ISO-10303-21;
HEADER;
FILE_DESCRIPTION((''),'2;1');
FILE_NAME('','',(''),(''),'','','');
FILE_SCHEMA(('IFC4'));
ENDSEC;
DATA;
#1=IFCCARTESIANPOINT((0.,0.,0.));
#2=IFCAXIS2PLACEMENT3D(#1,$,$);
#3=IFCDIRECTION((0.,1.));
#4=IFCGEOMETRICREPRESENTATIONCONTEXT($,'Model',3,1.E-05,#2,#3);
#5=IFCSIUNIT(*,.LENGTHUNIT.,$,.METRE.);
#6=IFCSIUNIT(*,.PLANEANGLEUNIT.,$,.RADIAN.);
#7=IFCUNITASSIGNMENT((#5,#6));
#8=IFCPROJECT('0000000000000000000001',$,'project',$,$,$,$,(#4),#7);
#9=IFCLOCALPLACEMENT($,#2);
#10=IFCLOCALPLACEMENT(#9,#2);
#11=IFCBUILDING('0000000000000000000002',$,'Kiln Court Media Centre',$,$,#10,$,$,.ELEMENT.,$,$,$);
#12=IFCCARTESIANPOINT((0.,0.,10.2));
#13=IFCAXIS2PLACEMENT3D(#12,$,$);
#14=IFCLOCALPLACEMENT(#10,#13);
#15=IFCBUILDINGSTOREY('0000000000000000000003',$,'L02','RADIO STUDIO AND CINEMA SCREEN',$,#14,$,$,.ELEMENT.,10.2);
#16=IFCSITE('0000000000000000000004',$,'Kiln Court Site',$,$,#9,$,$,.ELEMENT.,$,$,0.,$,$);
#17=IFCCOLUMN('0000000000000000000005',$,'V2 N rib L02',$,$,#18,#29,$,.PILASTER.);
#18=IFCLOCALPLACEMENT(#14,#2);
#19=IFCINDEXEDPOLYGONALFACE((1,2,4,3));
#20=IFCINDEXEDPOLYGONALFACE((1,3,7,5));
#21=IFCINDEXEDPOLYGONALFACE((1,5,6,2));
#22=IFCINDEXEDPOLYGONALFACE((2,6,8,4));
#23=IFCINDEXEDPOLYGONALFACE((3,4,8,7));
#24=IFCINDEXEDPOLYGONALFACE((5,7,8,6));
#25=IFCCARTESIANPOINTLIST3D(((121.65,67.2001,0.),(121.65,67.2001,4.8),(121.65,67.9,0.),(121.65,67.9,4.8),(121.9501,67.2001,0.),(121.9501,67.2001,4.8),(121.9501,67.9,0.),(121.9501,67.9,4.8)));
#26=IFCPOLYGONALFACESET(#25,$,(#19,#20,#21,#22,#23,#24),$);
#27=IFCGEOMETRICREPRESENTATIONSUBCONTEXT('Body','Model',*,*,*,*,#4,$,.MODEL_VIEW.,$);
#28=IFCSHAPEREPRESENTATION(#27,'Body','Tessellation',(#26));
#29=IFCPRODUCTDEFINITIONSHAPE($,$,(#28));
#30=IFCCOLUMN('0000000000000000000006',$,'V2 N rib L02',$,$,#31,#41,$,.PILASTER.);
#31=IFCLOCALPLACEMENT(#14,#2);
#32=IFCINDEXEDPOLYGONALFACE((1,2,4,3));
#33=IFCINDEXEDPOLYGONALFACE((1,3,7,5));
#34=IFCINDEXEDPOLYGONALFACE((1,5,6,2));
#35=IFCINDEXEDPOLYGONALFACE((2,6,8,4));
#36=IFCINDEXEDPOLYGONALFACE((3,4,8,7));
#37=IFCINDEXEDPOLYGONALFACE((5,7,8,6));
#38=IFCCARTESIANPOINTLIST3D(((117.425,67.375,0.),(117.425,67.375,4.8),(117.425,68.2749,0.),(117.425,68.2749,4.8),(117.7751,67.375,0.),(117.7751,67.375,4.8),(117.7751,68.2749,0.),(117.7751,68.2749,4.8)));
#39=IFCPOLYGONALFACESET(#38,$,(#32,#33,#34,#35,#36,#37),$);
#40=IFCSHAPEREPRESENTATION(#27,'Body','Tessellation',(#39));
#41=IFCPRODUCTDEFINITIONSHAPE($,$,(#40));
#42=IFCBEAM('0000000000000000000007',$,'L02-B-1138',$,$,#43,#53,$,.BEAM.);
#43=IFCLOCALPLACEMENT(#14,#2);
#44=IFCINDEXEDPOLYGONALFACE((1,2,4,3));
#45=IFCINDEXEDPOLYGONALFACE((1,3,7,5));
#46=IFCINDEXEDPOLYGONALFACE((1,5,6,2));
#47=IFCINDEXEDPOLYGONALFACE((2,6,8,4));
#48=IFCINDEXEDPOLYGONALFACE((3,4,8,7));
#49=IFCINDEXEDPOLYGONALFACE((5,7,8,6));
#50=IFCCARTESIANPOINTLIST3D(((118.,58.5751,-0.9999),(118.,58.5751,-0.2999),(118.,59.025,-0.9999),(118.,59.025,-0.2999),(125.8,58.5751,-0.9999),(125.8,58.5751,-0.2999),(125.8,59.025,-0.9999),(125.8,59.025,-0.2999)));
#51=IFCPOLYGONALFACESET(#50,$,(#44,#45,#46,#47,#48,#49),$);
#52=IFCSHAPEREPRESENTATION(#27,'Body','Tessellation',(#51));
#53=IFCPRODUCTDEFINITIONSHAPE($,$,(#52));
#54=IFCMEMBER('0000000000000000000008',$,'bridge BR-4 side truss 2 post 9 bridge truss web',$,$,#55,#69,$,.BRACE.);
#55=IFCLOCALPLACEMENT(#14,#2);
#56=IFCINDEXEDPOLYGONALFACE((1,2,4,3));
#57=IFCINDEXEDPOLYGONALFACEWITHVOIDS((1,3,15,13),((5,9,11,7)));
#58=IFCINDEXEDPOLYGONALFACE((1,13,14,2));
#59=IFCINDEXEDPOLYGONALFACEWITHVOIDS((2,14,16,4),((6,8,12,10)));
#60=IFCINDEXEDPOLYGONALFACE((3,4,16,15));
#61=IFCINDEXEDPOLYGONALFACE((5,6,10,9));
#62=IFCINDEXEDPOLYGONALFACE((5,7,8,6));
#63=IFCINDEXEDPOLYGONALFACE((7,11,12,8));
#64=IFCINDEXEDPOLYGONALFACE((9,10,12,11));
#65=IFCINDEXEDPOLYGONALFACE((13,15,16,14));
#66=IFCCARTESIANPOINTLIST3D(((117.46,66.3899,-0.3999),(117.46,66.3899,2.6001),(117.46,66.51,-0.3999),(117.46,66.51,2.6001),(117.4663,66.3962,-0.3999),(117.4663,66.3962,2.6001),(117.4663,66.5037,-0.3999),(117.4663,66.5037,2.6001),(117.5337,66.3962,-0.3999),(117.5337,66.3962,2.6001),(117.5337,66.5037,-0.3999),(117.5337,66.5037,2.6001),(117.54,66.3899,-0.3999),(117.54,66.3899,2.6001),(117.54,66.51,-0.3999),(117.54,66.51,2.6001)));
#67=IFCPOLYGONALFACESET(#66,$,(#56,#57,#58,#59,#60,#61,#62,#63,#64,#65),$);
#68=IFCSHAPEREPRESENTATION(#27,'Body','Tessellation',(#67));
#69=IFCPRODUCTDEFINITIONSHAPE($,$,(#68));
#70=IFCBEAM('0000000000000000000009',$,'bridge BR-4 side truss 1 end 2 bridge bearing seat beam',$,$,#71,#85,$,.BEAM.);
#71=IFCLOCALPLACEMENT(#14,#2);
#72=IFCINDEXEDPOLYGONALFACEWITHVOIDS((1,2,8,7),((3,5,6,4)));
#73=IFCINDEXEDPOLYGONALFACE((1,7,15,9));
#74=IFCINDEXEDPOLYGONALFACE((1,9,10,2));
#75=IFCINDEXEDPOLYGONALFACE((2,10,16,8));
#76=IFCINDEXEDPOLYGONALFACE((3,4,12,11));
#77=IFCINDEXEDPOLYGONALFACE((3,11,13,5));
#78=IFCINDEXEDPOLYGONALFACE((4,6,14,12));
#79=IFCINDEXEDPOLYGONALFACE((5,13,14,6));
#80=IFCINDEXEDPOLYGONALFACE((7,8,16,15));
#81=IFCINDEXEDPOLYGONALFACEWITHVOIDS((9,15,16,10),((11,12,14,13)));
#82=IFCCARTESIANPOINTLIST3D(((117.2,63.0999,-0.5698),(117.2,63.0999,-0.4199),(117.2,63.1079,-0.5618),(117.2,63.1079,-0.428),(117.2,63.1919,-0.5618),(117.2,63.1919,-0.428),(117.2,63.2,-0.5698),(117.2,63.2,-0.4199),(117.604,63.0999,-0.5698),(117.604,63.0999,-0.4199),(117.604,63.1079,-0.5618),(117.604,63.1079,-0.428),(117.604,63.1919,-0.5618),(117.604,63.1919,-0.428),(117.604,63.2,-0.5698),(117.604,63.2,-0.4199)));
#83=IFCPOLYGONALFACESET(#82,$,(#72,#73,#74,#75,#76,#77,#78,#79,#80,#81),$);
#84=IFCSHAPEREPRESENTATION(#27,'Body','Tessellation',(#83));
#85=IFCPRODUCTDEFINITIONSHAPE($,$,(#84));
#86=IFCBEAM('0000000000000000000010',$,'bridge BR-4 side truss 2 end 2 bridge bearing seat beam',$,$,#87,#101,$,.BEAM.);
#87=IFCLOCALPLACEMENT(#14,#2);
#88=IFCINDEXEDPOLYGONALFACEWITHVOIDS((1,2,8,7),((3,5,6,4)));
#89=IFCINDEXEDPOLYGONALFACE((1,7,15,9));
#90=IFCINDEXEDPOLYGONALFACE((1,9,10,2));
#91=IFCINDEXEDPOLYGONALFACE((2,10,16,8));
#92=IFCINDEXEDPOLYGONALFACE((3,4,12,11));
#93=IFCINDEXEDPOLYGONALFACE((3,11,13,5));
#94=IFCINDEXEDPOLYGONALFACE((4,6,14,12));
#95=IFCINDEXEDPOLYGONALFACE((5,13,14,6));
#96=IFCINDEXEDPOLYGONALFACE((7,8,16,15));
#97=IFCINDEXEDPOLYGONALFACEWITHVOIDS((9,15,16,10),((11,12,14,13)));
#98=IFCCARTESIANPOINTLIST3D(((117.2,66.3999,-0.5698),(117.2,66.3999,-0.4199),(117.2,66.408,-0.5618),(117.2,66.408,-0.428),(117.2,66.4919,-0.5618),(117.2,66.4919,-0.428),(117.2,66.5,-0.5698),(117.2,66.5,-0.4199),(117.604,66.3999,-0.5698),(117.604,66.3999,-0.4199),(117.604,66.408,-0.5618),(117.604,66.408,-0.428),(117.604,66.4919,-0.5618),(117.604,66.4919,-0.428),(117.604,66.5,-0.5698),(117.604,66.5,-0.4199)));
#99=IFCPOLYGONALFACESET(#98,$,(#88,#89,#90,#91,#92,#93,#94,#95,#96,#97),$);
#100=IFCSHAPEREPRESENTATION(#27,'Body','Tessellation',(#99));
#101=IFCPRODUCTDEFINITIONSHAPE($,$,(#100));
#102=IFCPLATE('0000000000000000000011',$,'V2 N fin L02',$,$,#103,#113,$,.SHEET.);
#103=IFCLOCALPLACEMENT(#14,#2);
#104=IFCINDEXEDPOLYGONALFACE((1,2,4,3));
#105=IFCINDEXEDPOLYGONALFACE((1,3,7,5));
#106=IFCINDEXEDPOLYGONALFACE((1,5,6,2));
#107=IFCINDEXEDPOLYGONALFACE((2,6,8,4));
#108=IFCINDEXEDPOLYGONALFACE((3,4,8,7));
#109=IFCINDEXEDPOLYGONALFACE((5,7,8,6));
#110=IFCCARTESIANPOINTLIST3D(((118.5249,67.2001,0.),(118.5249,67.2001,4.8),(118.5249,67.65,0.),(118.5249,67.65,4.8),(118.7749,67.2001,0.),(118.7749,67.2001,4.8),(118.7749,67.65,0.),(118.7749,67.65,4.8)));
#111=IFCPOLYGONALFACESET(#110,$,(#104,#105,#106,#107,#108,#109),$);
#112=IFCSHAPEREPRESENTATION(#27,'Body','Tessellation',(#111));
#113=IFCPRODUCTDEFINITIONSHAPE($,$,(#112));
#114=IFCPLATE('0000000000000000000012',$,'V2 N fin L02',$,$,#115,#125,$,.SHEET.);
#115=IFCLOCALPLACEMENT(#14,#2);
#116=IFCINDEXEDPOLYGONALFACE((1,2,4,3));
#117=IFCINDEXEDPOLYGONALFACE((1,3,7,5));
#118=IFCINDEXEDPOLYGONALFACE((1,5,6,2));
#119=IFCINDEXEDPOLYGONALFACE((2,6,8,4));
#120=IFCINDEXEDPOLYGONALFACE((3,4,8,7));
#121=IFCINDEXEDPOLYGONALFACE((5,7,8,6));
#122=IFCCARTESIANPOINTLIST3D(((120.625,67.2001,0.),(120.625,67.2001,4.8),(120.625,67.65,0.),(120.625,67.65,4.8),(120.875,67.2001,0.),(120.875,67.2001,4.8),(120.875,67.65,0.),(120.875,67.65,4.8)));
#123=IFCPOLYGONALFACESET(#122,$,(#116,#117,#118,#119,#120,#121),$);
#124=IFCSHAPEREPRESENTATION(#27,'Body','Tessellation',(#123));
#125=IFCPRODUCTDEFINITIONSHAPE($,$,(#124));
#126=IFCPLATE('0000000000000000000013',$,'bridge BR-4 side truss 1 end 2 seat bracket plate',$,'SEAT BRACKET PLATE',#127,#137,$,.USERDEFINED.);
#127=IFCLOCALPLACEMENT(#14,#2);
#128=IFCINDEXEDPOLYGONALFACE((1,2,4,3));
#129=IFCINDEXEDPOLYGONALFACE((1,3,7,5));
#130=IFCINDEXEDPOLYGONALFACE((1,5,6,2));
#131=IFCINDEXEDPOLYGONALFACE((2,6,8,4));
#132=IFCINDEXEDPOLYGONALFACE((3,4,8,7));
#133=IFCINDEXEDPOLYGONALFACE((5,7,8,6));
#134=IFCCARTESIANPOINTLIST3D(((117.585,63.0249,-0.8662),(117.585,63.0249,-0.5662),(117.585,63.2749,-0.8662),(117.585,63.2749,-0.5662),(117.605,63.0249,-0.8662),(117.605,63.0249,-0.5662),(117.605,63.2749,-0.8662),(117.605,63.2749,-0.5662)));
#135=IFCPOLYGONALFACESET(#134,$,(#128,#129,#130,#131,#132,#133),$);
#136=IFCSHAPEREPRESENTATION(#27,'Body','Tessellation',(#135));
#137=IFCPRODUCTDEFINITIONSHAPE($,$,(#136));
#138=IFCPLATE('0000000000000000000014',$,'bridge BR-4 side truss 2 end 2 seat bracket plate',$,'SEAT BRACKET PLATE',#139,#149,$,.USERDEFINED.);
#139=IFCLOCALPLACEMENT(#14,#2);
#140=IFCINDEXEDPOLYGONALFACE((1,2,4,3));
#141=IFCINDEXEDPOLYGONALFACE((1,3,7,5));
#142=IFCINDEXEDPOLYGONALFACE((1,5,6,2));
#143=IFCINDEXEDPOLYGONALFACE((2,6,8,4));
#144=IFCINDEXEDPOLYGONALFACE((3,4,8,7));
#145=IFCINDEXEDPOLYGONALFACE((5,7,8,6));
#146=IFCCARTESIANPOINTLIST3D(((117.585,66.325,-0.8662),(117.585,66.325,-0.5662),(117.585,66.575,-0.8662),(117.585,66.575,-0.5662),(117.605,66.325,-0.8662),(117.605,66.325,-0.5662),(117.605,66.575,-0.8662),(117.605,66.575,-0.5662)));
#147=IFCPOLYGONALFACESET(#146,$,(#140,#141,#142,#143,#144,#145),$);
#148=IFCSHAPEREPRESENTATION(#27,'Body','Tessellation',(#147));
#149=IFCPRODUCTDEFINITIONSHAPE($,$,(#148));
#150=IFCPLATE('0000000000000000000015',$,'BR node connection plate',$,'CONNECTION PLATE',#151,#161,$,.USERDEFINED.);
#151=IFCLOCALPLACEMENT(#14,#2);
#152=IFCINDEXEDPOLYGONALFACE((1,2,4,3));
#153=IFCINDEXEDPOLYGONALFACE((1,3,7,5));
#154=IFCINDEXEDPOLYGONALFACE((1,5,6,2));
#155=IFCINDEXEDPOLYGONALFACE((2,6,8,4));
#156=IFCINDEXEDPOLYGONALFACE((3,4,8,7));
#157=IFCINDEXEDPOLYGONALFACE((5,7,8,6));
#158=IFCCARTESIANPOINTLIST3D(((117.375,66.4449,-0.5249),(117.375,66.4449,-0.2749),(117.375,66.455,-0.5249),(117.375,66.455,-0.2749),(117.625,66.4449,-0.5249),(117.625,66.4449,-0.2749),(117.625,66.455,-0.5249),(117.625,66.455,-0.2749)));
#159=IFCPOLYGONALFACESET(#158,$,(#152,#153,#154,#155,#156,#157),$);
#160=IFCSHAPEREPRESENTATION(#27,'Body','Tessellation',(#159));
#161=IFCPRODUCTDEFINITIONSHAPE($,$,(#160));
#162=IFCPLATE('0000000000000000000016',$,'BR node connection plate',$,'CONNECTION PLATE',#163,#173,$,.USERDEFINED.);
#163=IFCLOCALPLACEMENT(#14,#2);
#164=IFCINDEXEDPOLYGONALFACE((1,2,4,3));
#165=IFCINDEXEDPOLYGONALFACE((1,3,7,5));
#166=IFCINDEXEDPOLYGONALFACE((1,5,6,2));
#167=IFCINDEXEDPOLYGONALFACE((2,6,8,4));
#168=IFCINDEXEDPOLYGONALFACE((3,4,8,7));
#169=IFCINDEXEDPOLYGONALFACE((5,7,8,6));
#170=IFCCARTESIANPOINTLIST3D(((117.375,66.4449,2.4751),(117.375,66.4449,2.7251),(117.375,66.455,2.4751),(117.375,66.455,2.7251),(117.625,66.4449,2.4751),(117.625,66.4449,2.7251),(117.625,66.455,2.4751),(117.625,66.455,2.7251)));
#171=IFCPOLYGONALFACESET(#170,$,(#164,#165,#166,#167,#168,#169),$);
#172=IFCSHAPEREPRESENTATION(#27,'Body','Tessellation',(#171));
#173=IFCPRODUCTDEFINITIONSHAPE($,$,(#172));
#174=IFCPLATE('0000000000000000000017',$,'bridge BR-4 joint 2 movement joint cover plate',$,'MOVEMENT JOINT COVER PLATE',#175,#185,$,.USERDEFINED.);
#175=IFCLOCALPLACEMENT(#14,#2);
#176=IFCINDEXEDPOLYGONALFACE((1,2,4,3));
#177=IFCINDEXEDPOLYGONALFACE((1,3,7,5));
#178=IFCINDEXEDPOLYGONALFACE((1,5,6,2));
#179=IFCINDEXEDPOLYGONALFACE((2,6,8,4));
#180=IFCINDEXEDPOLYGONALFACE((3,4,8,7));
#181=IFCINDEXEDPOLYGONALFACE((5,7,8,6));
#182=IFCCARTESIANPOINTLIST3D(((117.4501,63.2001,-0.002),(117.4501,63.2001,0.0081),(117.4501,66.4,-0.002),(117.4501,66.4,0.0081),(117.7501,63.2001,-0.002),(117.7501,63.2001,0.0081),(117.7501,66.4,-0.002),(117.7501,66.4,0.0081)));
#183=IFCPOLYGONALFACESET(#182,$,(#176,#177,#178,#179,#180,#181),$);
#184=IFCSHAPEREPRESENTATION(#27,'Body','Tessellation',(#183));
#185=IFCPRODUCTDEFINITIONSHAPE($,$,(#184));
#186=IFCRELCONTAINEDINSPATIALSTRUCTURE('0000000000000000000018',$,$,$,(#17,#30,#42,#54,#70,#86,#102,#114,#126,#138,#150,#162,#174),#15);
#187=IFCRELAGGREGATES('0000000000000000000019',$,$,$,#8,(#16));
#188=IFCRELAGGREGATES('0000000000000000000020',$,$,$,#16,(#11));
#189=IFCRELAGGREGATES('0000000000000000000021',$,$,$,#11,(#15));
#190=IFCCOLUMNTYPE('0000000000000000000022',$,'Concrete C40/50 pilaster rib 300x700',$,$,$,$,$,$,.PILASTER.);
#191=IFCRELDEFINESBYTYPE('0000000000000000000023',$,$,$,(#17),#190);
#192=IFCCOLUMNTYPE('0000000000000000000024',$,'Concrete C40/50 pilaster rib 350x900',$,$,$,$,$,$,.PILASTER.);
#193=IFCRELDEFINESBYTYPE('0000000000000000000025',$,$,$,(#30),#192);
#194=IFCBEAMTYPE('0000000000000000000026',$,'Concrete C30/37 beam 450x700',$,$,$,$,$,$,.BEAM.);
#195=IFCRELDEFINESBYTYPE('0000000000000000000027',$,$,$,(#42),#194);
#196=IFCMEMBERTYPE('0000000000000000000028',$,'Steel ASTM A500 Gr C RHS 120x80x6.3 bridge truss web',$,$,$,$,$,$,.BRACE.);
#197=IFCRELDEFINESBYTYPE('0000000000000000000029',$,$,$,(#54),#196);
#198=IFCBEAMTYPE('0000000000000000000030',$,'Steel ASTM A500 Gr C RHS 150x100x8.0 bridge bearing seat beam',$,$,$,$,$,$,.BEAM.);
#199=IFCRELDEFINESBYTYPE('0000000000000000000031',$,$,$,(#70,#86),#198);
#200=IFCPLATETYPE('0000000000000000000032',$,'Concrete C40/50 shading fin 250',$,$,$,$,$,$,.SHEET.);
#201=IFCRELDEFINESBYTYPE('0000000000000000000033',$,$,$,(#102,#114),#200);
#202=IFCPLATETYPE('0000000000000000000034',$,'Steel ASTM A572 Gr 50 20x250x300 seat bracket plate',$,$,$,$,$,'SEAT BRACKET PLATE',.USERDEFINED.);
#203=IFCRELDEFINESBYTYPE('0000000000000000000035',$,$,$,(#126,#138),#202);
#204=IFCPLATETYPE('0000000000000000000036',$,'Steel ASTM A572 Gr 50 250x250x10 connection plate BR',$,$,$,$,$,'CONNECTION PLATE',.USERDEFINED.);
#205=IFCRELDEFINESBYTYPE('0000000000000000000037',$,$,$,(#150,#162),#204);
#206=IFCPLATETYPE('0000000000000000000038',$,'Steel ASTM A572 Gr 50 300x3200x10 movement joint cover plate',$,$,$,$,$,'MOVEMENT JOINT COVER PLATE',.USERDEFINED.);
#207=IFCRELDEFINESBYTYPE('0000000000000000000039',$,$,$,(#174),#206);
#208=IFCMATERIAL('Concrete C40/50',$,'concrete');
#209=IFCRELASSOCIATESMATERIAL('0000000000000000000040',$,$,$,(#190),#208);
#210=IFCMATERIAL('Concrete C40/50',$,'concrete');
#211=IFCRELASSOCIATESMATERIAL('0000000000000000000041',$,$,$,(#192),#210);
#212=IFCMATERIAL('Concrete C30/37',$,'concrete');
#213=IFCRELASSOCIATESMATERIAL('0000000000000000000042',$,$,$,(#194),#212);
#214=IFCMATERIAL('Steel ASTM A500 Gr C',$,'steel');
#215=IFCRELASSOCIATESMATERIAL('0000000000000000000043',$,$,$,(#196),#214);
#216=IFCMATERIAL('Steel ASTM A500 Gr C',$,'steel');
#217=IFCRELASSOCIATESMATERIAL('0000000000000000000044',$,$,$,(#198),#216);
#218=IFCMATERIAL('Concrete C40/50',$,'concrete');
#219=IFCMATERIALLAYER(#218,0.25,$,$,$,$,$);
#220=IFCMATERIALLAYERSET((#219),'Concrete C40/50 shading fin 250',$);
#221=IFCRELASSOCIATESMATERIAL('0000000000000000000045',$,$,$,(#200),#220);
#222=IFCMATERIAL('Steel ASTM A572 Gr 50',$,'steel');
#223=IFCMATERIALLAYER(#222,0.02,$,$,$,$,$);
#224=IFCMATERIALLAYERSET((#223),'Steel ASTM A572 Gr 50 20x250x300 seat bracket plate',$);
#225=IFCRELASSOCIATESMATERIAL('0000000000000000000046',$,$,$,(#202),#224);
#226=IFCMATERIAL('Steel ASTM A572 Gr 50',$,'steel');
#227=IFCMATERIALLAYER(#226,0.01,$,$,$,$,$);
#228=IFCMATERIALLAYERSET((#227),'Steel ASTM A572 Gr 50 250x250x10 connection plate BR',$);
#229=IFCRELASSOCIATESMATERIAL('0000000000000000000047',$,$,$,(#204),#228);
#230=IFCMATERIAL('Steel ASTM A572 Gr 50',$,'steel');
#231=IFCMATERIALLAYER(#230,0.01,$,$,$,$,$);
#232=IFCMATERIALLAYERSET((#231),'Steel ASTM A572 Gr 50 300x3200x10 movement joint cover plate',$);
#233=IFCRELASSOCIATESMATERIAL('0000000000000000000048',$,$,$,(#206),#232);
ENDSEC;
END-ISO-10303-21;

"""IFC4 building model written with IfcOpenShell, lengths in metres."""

from ifc_helpers import new_model, si_unit, direction, frame, origin, origin_2d, place, context, subcontext, project, spatial, rectangle, hollow_rectangle, extrude, material, layer, layer_set, material_profile, profile_set, type_object, element, save


model = new_model("IFC4")

# Units and contexts
model_context = context("Model", 3, precision=1e-05, world=origin(), true_north=direction((0.0, 1.0)))
body_context = subcontext(model_context, "Body", "Model", "MODEL_VIEW")
ifc_project = project(units=[si_unit("LENGTHUNIT", "METRE"), si_unit("PLANEANGLEUNIT", "RADIAN")], contexts=[model_context])

# Site, building, storey
site_placement = place(None, origin())
site = spatial("IfcSite", under=ifc_project, at=site_placement, Name="Kiln Court Site", CompositionType="ELEMENT", RefElevation=0.0)
building_placement = place(site_placement, origin())
building = spatial("IfcBuilding", under=site, at=building_placement, Name="Kiln Court Media Centre", CompositionType="ELEMENT")
storey_placement = place(building_placement, frame((0.0, 0.0, 10.2)))
storey = spatial("IfcBuildingStorey", under=building, at=storey_placement, Name="L02", Description="RADIO STUDIO AND CINEMA SCREEN", CompositionType="ELEMENT", Elevation=10.2)

# Columns
ifc_material_1 = material(Name="Concrete C40/50", Category="concrete")
ifc_material_profile_1 = material_profile(ifc_material_1, rectangle(XDim=0.3, YDim=0.7, at=origin_2d()), Name="RC 300x700")
ifc_profile_set_1 = profile_set([ifc_material_profile_1], Name="Concrete C40/50")
column_type_1 = type_object("IfcColumnType", Name="Concrete C40/50 pilaster rib 300x700", PredefinedType="PILASTER", material=ifc_profile_set_1)
column_1_placement = place(storey_placement, frame((121.8, 67.55, 0.0), z_axis=(0.0, 0.0, 1.0), x_axis=(1.0, 0.0, 0.0)))
element("IfcColumn", 1, at=column_1_placement, inside=storey, type_object=column_type_1, Name="V2 N rib L02", PredefinedType="PILASTER", context=body_context, shape_type="SweptSolid", body=[
    extrude(rectangle(XDim=0.3, YDim=0.7, at=origin_2d()), origin(), (0.0, 0.0, 1.0), 4.8),
])
ifc_material_2 = material(Name="Concrete C40/50", Category="concrete")
ifc_material_profile_2 = material_profile(ifc_material_2, rectangle(XDim=0.3501, YDim=0.8999, at=origin_2d()), Name="RC 350x900")
ifc_profile_set_2 = profile_set([ifc_material_profile_2], Name="Concrete C40/50")
column_type_2 = type_object("IfcColumnType", Name="Concrete C40/50 pilaster rib 350x900", PredefinedType="PILASTER", material=ifc_profile_set_2)
column_2_placement = place(storey_placement, frame((117.6001, 67.825, 0.0), z_axis=(0.0, 0.0, 1.0), x_axis=(1.0, 0.0, 0.0)))
element("IfcColumn", 2, at=column_2_placement, inside=storey, type_object=column_type_2, Name="V2 N rib L02", PredefinedType="PILASTER", context=body_context, shape_type="SweptSolid", body=[
    extrude(rectangle(XDim=0.3501, YDim=0.8999, at=origin_2d()), origin(), (0.0, 0.0, 1.0), 4.8),
])

# Beam
ifc_material_3 = material(Name="Concrete C30/37", Category="concrete")
ifc_material_profile_3 = material_profile(ifc_material_3, rectangle(XDim=0.45, YDim=0.7, at=origin_2d()), Name="RC 450x700")
ifc_profile_set_3 = profile_set([ifc_material_profile_3], Name="Concrete C30/37")
beam_type_1 = type_object("IfcBeamType", Name="Concrete C30/37 beam 450x700", PredefinedType="BEAM", material=ifc_profile_set_3)
beam_placement = place(storey_placement, frame((118.0, 58.8, -0.6499), z_axis=(1.0, 0.0, 0.0), x_axis=(0.0, 1.0, 0.0)))
element("IfcBeam", 3, at=beam_placement, inside=storey, type_object=beam_type_1, Name="L02-B-1138", PredefinedType="BEAM", context=body_context, shape_type="SweptSolid", body=[
    extrude(rectangle(XDim=0.45, YDim=0.7, at=origin_2d()), origin(), (0.0, 0.0, 1.0), 7.8),
])

# Member
ifc_material_4 = material(Name="Steel ASTM A500 Gr C", Category="steel")
ifc_material_profile_4 = material_profile(ifc_material_4, hollow_rectangle(XDim=0.0801, YDim=0.1201, WallThickness=0.0063, at=origin_2d()), Name="RHS 120x80x6.3")
ifc_profile_set_4 = profile_set([ifc_material_profile_4], Name="Steel ASTM A500 Gr C")
member_type = type_object("IfcMemberType", Name="Steel ASTM A500 Gr C RHS 120x80x6.3 bridge truss web", PredefinedType="BRACE", material=ifc_profile_set_4)
member_placement = place(storey_placement, frame((117.5, 66.45, -0.3999), z_axis=(0.0, 0.0, 1.0), x_axis=(1.0, 0.0, 0.0)))
element("IfcMember", 4, at=member_placement, inside=storey, type_object=member_type, Name="bridge BR-4 side truss 2 post 9 bridge truss web", PredefinedType="BRACE", context=body_context, shape_type="SweptSolid", body=[
    extrude(hollow_rectangle(XDim=0.0801, YDim=0.1201, WallThickness=0.0063, at=origin_2d()), origin(), (0.0, 0.0, 1.0), 3.0),
])

# Beams
ifc_material_5 = material(Name="Steel ASTM A500 Gr C", Category="steel")
ifc_material_profile_5 = material_profile(ifc_material_5, hollow_rectangle(XDim=0.1001, YDim=0.1499, WallThickness=0.0081, at=origin_2d()), Name="RHS 150x100x8.0")
ifc_profile_set_5 = profile_set([ifc_material_profile_5], Name="Steel ASTM A500 Gr C")
beam_type_2 = type_object("IfcBeamType", Name="Steel ASTM A500 Gr C RHS 150x100x8.0 bridge bearing seat beam", PredefinedType="BEAM", material=ifc_profile_set_5)
for number, where, z_axis, x_axis, name in (
    (5, (117.604, 63.1499, -0.4949), (-1.0, 0.0, 0.0), (0.0, -1.0, 0.0), "bridge BR-4 side truss 1 end 2 bridge bearing seat beam"),
    (6, (117.604, 66.45, -0.4949), (-1.0, 0.0, 0.0), (0.0, -1.0, 0.0), "bridge BR-4 side truss 2 end 2 bridge bearing seat beam"),
):
    element("IfcBeam", number, at=place(storey_placement, frame(where, z_axis=z_axis, x_axis=x_axis)), inside=storey, type_object=beam_type_2, Name=name, PredefinedType="BEAM", context=body_context, shape_type="SweptSolid", body=[
        extrude(hollow_rectangle(XDim=0.1001, YDim=0.1499, WallThickness=0.0081, at=origin_2d()), origin(), (0.0, 0.0, 1.0), 0.4041),
    ])

# Plates
ifc_material_6 = material(Name="Concrete C40/50", Category="concrete")
ifc_layer_1 = layer(ifc_material_6, 0.25)
ifc_layer_set_1 = layer_set([ifc_layer_1], Name="Concrete C40/50 shading fin 250")
plate_type_1 = type_object("IfcPlateType", Name="Concrete C40/50 shading fin 250", PredefinedType="SHEET", material=ifc_layer_set_1)
for number, where, z_axis, x_axis, name in (
    (7, (118.6499, 67.425, 0.0), (0.0, 0.0, 1.0), (1.0, 0.0, 0.0), "V2 N fin L02"),
    (8, (120.75, 67.425, 0.0), (0.0, 0.0, 1.0), (1.0, 0.0, 0.0), "V2 N fin L02"),
):
    element("IfcPlate", number, at=place(storey_placement, frame(where, z_axis=z_axis, x_axis=x_axis)), inside=storey, type_object=plate_type_1, Name=name, PredefinedType="SHEET", context=body_context, shape_type="SweptSolid", body=[
        extrude(rectangle(XDim=0.25, YDim=0.45, at=origin_2d()), origin(), (0.0, 0.0, 1.0), 4.8),
    ])
ifc_material_7 = material(Name="Steel ASTM A572 Gr 50", Category="steel")
ifc_layer_2 = layer(ifc_material_7, 0.02)
ifc_layer_set_2 = layer_set([ifc_layer_2], Name="Steel ASTM A572 Gr 50 20x250x300 seat bracket plate")
plate_type_2 = type_object("IfcPlateType", Name="Steel ASTM A572 Gr 50 20x250x300 seat bracket plate", ElementType="SEAT BRACKET PLATE", PredefinedType="USERDEFINED", material=ifc_layer_set_2)
for number, where, z_axis, x_axis, name in (
    (9, (117.595, 63.1499, -0.8662), (0.0, 0.0, 1.0), (1.0, 0.0, 0.0), "bridge BR-4 side truss 1 end 2 seat bracket plate"),
    (10, (117.595, 66.45, -0.8662), (0.0, 0.0, 1.0), (1.0, 0.0, 0.0), "bridge BR-4 side truss 2 end 2 seat bracket plate"),
):
    element("IfcPlate", number, at=place(storey_placement, frame(where, z_axis=z_axis, x_axis=x_axis)), inside=storey, type_object=plate_type_2, Name=name, ObjectType="SEAT BRACKET PLATE", PredefinedType="USERDEFINED", context=body_context, shape_type="SweptSolid", body=[
        extrude(rectangle(XDim=0.02, YDim=0.25, at=origin_2d()), origin(), (0.0, 0.0, 1.0), 0.3),
    ])
ifc_material_8 = material(Name="Steel ASTM A572 Gr 50", Category="steel")
ifc_layer_3 = layer(ifc_material_8, 0.01)
ifc_layer_set_3 = layer_set([ifc_layer_3], Name="Steel ASTM A572 Gr 50 250x250x10 connection plate BR")
plate_type_3 = type_object("IfcPlateType", Name="Steel ASTM A572 Gr 50 250x250x10 connection plate BR", ElementType="CONNECTION PLATE", PredefinedType="USERDEFINED", material=ifc_layer_set_3)
for number, where, z_axis, x_axis, name in (
    (11, (117.5, 66.45, -0.5249), (0.0, 0.0, 1.0), (1.0, 0.0, 0.0), "BR node connection plate"),
    (12, (117.5, 66.45, 2.4751), (0.0, 0.0, 1.0), (1.0, 0.0, 0.0), "BR node connection plate"),
):
    element("IfcPlate", number, at=place(storey_placement, frame(where, z_axis=z_axis, x_axis=x_axis)), inside=storey, type_object=plate_type_3, Name=name, ObjectType="CONNECTION PLATE", PredefinedType="USERDEFINED", context=body_context, shape_type="SweptSolid", body=[
        extrude(rectangle(XDim=0.25, YDim=0.01, at=origin_2d()), origin(), (0.0, 0.0, 1.0), 0.25),
    ])
ifc_material_9 = material(Name="Steel ASTM A572 Gr 50", Category="steel")
ifc_layer_4 = layer(ifc_material_9, 0.01)
ifc_layer_set_4 = layer_set([ifc_layer_4], Name="Steel ASTM A572 Gr 50 300x3200x10 movement joint cover plate")
plate_type_4 = type_object("IfcPlateType", Name="Steel ASTM A572 Gr 50 300x3200x10 movement joint cover plate", ElementType="MOVEMENT JOINT COVER PLATE", PredefinedType="USERDEFINED", material=ifc_layer_set_4)
plate_placement = place(storey_placement, frame((117.6001, 64.8, -0.002), z_axis=(0.0, 0.0, 1.0), x_axis=(1.0, 0.0, 0.0)))
element("IfcPlate", 13, at=plate_placement, inside=storey, type_object=plate_type_4, Name="bridge BR-4 joint 2 movement joint cover plate", ObjectType="MOVEMENT JOINT COVER PLATE", PredefinedType="USERDEFINED", context=body_context, shape_type="SweptSolid", body=[
    extrude(rectangle(XDim=0.3, YDim=3.2, at=origin_2d()), origin(), (0.0, 0.0, 1.0), 0.01),
])

save(model, "model.ifc")
